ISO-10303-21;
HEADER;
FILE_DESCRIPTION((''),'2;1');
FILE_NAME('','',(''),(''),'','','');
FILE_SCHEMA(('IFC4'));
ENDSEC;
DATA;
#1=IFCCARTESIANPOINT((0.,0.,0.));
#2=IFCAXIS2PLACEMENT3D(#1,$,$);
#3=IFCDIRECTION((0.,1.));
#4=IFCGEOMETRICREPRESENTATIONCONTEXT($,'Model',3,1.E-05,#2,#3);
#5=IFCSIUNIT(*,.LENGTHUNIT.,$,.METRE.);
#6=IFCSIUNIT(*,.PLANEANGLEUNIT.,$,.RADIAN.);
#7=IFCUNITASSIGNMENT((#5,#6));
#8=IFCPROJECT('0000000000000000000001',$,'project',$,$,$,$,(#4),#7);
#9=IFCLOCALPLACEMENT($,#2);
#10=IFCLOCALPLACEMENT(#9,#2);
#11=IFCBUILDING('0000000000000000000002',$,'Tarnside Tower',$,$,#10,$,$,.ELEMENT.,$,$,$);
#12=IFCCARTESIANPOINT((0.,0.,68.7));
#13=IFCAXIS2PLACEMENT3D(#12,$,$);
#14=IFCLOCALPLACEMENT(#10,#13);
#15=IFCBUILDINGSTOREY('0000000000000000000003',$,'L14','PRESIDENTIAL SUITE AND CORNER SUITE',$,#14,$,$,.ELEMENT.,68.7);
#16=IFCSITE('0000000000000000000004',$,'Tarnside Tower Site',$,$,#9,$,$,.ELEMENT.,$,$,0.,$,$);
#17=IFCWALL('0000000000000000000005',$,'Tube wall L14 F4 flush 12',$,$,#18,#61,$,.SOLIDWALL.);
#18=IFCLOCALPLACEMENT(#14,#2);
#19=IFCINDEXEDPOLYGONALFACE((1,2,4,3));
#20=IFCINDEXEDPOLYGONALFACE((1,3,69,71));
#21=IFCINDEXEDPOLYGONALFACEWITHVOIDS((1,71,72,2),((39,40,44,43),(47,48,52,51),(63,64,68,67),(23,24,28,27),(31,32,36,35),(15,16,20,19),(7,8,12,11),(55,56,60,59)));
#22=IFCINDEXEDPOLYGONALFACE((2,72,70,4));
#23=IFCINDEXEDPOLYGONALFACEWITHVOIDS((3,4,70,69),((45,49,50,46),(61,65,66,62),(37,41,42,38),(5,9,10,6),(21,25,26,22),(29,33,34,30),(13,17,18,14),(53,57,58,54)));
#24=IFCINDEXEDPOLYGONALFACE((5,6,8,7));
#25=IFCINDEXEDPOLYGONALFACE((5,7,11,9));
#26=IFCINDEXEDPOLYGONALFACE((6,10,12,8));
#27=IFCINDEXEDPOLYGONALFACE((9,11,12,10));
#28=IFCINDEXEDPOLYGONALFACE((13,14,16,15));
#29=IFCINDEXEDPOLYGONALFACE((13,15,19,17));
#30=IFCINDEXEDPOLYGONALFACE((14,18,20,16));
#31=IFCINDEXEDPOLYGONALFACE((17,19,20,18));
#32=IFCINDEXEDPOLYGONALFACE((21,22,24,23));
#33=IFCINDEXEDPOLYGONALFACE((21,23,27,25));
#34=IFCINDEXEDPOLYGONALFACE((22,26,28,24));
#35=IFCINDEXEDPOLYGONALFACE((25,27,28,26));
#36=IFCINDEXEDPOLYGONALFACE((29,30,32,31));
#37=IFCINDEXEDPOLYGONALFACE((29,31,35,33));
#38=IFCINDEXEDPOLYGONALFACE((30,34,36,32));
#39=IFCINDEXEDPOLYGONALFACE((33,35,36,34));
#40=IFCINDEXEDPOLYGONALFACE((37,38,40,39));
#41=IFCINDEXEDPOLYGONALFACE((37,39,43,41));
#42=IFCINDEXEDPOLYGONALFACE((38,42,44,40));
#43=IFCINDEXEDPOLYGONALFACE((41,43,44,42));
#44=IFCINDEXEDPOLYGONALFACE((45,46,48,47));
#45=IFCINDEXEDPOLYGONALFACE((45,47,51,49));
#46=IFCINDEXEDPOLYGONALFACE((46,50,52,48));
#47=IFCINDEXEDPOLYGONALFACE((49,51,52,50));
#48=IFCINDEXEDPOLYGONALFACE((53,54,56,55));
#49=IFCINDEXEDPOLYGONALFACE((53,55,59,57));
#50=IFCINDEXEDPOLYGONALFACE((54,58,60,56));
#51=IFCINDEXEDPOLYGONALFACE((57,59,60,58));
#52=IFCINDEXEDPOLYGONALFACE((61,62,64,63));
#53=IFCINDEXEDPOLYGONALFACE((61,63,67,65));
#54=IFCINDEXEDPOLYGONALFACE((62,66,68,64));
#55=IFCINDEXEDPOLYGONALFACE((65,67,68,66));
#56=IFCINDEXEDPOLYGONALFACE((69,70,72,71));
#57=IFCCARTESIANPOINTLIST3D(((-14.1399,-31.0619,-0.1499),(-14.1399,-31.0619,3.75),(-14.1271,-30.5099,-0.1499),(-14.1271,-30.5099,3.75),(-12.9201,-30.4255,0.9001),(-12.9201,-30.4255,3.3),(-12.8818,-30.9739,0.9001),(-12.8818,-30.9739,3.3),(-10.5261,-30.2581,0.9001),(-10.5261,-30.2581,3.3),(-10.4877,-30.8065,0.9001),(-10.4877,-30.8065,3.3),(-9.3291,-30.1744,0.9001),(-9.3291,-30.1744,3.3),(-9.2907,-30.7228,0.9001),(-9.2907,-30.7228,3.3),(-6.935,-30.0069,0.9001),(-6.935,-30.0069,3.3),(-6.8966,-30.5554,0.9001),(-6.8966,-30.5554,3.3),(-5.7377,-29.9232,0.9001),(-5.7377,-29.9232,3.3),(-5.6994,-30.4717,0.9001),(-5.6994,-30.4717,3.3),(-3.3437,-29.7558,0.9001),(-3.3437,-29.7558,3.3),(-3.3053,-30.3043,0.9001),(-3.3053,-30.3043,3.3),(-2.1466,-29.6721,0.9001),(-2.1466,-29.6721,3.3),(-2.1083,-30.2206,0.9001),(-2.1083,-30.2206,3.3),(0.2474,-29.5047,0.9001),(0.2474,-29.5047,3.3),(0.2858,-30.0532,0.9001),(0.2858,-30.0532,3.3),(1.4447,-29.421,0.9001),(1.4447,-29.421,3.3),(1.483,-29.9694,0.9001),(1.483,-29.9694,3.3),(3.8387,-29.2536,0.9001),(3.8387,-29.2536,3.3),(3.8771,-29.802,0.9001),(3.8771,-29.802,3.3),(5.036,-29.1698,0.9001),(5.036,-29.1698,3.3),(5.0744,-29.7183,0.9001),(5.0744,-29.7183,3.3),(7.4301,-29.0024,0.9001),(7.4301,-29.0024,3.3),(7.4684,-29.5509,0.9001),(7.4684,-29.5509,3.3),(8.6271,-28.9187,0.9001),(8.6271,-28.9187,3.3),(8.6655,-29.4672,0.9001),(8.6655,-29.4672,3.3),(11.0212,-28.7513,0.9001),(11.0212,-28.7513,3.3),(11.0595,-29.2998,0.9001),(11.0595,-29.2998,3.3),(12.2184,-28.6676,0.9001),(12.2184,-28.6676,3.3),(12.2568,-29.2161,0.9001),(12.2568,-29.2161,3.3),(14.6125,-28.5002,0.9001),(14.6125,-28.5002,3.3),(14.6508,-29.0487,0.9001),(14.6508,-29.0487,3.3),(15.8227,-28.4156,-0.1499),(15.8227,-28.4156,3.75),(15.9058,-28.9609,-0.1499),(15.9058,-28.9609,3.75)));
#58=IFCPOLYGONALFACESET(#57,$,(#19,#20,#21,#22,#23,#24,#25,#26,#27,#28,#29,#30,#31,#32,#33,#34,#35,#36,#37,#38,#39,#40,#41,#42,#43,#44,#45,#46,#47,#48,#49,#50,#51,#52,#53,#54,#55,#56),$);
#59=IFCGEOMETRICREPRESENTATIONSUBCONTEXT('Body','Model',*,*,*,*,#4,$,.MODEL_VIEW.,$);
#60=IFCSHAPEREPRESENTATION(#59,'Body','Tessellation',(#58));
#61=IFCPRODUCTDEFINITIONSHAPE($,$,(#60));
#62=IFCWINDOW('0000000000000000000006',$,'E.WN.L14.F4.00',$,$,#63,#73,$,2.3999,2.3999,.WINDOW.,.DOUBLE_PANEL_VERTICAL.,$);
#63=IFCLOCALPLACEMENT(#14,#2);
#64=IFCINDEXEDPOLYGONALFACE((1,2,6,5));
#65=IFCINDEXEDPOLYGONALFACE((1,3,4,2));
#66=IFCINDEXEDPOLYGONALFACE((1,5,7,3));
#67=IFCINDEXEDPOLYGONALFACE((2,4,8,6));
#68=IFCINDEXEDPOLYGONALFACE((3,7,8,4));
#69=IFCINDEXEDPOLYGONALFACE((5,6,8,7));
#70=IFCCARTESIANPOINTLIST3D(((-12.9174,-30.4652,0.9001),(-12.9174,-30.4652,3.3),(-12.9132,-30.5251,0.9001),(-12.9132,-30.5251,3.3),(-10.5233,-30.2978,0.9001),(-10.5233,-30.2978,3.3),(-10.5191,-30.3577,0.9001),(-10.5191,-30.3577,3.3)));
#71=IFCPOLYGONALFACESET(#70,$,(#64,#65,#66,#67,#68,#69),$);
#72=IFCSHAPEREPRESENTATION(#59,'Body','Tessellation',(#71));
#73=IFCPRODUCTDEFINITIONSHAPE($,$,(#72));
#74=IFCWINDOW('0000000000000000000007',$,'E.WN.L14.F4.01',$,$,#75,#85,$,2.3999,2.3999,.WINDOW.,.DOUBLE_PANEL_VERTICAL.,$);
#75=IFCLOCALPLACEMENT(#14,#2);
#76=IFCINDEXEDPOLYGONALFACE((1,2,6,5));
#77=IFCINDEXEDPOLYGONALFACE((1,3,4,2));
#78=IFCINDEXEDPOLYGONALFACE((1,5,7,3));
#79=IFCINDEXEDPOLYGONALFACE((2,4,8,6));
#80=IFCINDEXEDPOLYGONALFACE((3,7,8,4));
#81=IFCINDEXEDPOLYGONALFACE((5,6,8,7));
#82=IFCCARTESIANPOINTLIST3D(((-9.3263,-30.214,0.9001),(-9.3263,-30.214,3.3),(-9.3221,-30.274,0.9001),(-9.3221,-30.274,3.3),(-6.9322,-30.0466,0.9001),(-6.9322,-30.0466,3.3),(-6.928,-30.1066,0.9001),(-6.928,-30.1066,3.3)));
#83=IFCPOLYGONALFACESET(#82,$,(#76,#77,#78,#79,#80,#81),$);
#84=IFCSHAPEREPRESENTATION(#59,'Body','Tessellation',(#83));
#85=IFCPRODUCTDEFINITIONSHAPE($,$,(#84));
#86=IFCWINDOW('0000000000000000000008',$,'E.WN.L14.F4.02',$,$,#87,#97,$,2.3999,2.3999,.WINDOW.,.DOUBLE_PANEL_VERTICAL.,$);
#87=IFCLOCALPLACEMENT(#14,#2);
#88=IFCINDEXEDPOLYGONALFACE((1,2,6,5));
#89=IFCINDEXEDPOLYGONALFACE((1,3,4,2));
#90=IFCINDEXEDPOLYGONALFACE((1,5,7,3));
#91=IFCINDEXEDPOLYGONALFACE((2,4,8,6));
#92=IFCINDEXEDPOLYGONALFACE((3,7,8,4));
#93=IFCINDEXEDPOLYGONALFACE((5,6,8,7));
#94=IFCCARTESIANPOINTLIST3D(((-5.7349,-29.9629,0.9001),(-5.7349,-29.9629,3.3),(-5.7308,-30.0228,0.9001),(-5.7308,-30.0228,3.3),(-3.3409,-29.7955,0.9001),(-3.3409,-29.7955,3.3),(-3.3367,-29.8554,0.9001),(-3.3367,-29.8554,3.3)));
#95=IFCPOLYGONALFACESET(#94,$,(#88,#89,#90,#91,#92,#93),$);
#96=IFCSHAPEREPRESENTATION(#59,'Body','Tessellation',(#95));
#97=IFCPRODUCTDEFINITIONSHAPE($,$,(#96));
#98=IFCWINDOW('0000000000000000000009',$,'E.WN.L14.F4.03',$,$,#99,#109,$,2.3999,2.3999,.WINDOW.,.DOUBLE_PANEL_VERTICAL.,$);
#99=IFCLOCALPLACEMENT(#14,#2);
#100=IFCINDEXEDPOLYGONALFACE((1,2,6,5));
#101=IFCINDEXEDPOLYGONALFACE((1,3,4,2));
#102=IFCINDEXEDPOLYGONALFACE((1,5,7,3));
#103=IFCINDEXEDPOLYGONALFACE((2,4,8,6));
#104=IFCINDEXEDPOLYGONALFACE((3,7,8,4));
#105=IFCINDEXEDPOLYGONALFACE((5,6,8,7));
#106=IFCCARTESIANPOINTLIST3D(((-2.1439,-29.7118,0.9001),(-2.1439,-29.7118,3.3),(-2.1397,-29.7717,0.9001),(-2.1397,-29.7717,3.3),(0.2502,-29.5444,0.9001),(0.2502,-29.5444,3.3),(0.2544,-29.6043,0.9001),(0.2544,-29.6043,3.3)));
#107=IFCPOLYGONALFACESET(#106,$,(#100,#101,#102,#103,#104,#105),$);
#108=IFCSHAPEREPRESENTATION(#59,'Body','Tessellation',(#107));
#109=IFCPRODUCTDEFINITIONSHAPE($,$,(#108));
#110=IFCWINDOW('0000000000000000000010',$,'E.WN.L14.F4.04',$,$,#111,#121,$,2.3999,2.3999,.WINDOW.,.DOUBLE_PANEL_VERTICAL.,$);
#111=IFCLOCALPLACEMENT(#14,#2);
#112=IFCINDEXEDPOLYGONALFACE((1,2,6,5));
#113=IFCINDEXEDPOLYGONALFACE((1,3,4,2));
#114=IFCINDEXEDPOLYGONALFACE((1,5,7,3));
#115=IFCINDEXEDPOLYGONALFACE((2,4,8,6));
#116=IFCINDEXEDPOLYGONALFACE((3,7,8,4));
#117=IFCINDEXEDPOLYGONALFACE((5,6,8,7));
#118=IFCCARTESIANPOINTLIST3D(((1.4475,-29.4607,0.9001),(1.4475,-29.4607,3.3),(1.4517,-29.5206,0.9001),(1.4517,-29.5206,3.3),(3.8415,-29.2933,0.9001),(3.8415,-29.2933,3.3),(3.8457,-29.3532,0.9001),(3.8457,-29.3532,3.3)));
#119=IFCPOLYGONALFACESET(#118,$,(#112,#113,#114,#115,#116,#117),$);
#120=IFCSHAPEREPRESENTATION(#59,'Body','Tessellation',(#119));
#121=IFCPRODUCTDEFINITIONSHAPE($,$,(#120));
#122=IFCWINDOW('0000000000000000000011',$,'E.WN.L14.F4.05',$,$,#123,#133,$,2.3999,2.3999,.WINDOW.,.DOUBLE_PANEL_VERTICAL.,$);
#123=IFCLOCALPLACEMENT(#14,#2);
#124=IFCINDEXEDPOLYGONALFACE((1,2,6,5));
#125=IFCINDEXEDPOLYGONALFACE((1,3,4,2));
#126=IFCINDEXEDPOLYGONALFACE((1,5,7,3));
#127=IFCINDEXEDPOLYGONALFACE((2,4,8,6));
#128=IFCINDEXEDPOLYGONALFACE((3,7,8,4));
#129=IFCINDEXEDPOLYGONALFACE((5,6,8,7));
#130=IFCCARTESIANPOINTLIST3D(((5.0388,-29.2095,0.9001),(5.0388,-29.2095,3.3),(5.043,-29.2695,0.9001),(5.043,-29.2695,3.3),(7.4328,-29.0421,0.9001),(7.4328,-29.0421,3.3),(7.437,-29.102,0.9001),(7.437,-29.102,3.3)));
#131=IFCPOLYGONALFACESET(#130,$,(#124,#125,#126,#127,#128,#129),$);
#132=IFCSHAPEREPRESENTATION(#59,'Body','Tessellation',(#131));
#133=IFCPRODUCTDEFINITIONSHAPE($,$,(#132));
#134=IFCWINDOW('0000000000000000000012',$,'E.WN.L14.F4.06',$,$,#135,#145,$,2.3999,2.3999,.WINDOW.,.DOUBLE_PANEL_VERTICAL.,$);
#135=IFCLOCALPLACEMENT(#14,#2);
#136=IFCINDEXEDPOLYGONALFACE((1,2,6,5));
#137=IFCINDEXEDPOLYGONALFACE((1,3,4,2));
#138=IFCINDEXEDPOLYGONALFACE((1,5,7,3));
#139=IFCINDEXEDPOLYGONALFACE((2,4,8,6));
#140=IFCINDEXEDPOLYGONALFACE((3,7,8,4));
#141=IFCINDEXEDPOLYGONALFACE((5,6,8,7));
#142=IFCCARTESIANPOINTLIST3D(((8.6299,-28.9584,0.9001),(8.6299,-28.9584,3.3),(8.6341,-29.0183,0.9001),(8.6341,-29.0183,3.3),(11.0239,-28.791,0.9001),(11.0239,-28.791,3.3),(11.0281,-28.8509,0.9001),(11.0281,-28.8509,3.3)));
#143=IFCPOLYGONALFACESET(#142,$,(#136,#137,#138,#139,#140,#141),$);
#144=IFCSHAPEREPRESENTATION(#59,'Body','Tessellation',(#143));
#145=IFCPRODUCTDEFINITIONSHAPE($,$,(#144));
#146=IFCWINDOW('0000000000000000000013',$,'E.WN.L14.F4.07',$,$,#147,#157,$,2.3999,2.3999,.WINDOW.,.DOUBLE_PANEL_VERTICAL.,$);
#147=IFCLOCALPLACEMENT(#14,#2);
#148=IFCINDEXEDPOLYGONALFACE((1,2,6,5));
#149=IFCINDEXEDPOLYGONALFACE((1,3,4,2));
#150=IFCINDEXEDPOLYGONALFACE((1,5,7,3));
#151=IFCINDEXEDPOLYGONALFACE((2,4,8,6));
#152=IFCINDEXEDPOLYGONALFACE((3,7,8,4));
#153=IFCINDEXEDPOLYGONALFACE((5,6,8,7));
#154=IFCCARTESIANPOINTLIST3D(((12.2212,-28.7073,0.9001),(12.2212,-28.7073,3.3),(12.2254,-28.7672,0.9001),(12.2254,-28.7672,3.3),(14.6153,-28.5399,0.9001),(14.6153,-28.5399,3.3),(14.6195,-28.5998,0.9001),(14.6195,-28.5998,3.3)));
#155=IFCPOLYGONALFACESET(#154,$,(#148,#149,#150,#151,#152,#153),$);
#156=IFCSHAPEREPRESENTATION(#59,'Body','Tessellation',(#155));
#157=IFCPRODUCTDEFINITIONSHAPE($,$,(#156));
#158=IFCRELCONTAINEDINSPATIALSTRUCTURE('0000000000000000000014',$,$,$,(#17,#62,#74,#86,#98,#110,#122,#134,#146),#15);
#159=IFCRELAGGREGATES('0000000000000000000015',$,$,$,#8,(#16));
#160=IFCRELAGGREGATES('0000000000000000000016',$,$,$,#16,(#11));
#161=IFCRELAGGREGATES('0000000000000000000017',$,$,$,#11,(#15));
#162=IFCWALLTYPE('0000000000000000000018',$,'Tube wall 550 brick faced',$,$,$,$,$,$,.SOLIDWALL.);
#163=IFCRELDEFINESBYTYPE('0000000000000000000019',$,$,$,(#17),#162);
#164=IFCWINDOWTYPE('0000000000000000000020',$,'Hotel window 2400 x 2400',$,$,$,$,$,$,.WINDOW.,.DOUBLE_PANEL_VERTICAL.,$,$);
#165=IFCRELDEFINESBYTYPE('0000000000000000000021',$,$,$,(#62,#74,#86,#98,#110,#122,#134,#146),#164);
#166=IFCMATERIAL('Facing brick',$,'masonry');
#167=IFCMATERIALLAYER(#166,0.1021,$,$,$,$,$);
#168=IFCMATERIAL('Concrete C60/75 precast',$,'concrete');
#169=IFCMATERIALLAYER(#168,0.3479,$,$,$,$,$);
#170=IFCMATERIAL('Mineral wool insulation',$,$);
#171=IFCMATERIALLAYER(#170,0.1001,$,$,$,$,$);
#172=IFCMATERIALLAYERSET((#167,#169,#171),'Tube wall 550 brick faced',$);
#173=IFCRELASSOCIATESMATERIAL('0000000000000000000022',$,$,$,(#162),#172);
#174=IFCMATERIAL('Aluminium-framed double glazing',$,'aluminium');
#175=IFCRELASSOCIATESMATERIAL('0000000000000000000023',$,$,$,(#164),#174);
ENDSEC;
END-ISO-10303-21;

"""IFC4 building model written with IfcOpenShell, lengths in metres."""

from ifc_helpers import new_model, si_unit, direction, frame, frame_2d, origin, place, context, subcontext, project, spatial, polyline, rectangle, outline, extrude, material, layer, layer_set, type_object, element, fill, save


model = new_model("IFC4")

# Units and contexts
model_context = context("Model", 3, precision=1e-05, world=origin(), true_north=direction((0.0, 1.0)))
body_context = subcontext(model_context, "Body", "Model", "MODEL_VIEW")
ifc_project = project(units=[si_unit("LENGTHUNIT", "METRE"), si_unit("PLANEANGLEUNIT", "RADIAN")], contexts=[model_context])

# Site, building, storey
site_placement = place(None, origin())
site = spatial("IfcSite", under=ifc_project, at=site_placement, Name="Tarnside Tower Site", CompositionType="ELEMENT", RefElevation=0.0)
building_placement = place(site_placement, origin())
building = spatial("IfcBuilding", under=site, at=building_placement, Name="Tarnside Tower", CompositionType="ELEMENT")
storey_placement = place(building_placement, frame((0.0, 0.0, 68.7)))
storey = spatial("IfcBuildingStorey", under=building, at=storey_placement, Name="L14", Description="PRESIDENTIAL SUITE AND CORNER SUITE", CompositionType="ELEMENT", Elevation=68.7)

# Shared definitions
ifc_material_1 = material(Name="Facing brick", Category="masonry")
ifc_layer_1 = layer(ifc_material_1, 0.1021)
ifc_material_2 = material(Name="Concrete C60/75 precast", Category="concrete")
ifc_layer_2 = layer(ifc_material_2, 0.3479)
ifc_material_3 = material(Name="Mineral wool insulation")
ifc_layer_3 = layer(ifc_material_3, 0.1001)
ifc_layer_set_1 = layer_set([ifc_layer_1, ifc_layer_2, ifc_layer_3], Name="Tube wall 550 brick faced")
wall_type_1 = type_object("IfcWallType", Name="Tube wall 550 brick faced", PredefinedType="SOLIDWALL", material=ifc_layer_set_1)

# Wall, openings, windows
wall_1_placement = place(storey_placement, frame((-14.1335, -30.7859, -0.1499), z_axis=(0.0, 0.0, 1.0), x_axis=(0.997564, 0.069757, 0.0)))
wall_1 = element("IfcWall", 1, at=wall_1_placement, inside=storey, type_object=wall_type_1, Name="Tube wall L14 F4 flush 12", PredefinedType="SOLIDWALL", context=body_context, shape_type="SweptSolid", body=[
    extrude(outline(polyline([(-0.0256, -0.2749), (30.0935, -0.2749), (30.0486, 0.2749), (0.0256, 0.2749), (-0.0256, -0.2749)])), origin(), (0.0, 0.0, 1.0), 3.8999),
])
opening_1_placement = place(wall_1_placement, frame((1.2356, 0.0, 1.05)))
opening_1 = element("IfcOpeningElement", 2, at=opening_1_placement, cuts=wall_1, PredefinedType="OPENING", context=body_context, shape_type="SweptSolid", body=[
    extrude(rectangle(XDim=2.3999, YDim=2.3999, at=frame_2d((1.2, 1.2))), frame((0.0, 0.2852, 0.0), z_axis=(0.0, -1.0, 0.0), x_axis=(1.0, 0.0, 0.0)), (0.0, 0.0, 1.0), 0.5701),
])
opening_2_placement = place(wall_1_placement, frame((4.8354, 0.0, 1.05)))
opening_2 = element("IfcOpeningElement", 3, at=opening_2_placement, cuts=wall_1, PredefinedType="OPENING", context=body_context, shape_type="SweptSolid", body=[
    extrude(rectangle(XDim=2.3999, YDim=2.3999, at=frame_2d((1.2, 1.2))), frame((0.0, 0.2852, 0.0), z_axis=(0.0, -1.0, 0.0), x_axis=(1.0, 0.0, 0.0)), (0.0, 0.0, 1.0), 0.5701),
])
opening_3_placement = place(wall_1_placement, frame((8.4355, 0.0, 1.05)))
opening_3 = element("IfcOpeningElement", 4, at=opening_3_placement, cuts=wall_1, PredefinedType="OPENING", context=body_context, shape_type="SweptSolid", body=[
    extrude(rectangle(XDim=2.3999, YDim=2.3999, at=frame_2d((1.2, 1.2))), frame((0.0, 0.2852, 0.0), z_axis=(0.0, -1.0, 0.0), x_axis=(1.0, 0.0, 0.0)), (0.0, 0.0, 1.0), 0.5701),
])
opening_4_placement = place(wall_1_placement, frame((12.0354, 0.0, 1.05)))
opening_4 = element("IfcOpeningElement", 5, at=opening_4_placement, cuts=wall_1, PredefinedType="OPENING", context=body_context, shape_type="SweptSolid", body=[
    extrude(rectangle(XDim=2.3999, YDim=2.3999, at=frame_2d((1.2, 1.2))), frame((0.0, 0.2852, 0.0), z_axis=(0.0, -1.0, 0.0), x_axis=(1.0, 0.0, 0.0)), (0.0, 0.0, 1.0), 0.5701),
])
opening_5_placement = place(wall_1_placement, frame((15.6355, 0.0, 1.05)))
opening_5 = element("IfcOpeningElement", 6, at=opening_5_placement, cuts=wall_1, PredefinedType="OPENING", context=body_context, shape_type="SweptSolid", body=[
    extrude(rectangle(XDim=2.3999, YDim=2.3999, at=frame_2d((1.2, 1.2))), frame((0.0, 0.2852, 0.0), z_axis=(0.0, -1.0, 0.0), x_axis=(1.0, 0.0, 0.0)), (0.0, 0.0, 1.0), 0.5701),
])
opening_6_placement = place(wall_1_placement, frame((19.2356, 0.0, 1.05)))
opening_6 = element("IfcOpeningElement", 7, at=opening_6_placement, cuts=wall_1, PredefinedType="OPENING", context=body_context, shape_type="SweptSolid", body=[
    extrude(rectangle(XDim=2.3999, YDim=2.3999, at=frame_2d((1.2, 1.2))), frame((0.0, 0.2852, 0.0), z_axis=(0.0, -1.0, 0.0), x_axis=(1.0, 0.0, 0.0)), (0.0, 0.0, 1.0), 0.5701),
])
opening_7_placement = place(wall_1_placement, frame((22.8354, 0.0, 1.05)))
opening_7 = element("IfcOpeningElement", 8, at=opening_7_placement, cuts=wall_1, PredefinedType="OPENING", context=body_context, shape_type="SweptSolid", body=[
    extrude(rectangle(XDim=2.3999, YDim=2.3999, at=frame_2d((1.2, 1.2))), frame((0.0, 0.2852, 0.0), z_axis=(0.0, -1.0, 0.0), x_axis=(1.0, 0.0, 0.0)), (0.0, 0.0, 1.0), 0.5701),
])
opening_8_placement = place(wall_1_placement, frame((26.4355, 0.0, 1.05)))
opening_8 = element("IfcOpeningElement", 9, at=opening_8_placement, cuts=wall_1, PredefinedType="OPENING", context=body_context, shape_type="SweptSolid", body=[
    extrude(rectangle(XDim=2.3999, YDim=2.3999, at=frame_2d((1.2, 1.2))), frame((0.0, 0.2852, 0.0), z_axis=(0.0, -1.0, 0.0), x_axis=(1.0, 0.0, 0.0)), (0.0, 0.0, 1.0), 0.5701),
])
ifc_material_4 = material(Name="Aluminium-framed double glazing", Category="aluminium")
window_type = type_object("IfcWindowType", Name="Hotel window 2400 x 2400", PartitioningType="DOUBLE_PANEL_VERTICAL", PredefinedType="WINDOW", material=ifc_material_4)
window_1_placement = place(opening_1_placement, frame((0.0, 0.2051, 0.0)))
window_1 = element("IfcWindow", 10, at=window_1_placement, inside=storey, type_object=window_type, Name="E.WN.L14.F4.00", OverallHeight=2.3999, OverallWidth=2.3999, PartitioningType="DOUBLE_PANEL_VERTICAL", PredefinedType="WINDOW", context=body_context, shape_type="SweptSolid", body=[
    extrude(rectangle(XDim=2.3999, YDim=2.3999, at=frame_2d((1.2, 1.2))), frame((0.0, 0.03, 0.0), z_axis=(0.0, -1.0, 0.0), x_axis=(1.0, 0.0, 0.0)), (0.0, 0.0, 1.0), 0.0601),
])
fill(opening_1, window_1)
window_2_placement = place(opening_2_placement, frame((0.0, 0.2051, 0.0)))
window_2 = element("IfcWindow", 11, at=window_2_placement, inside=storey, type_object=window_type, Name="E.WN.L14.F4.01", OverallHeight=2.3999, OverallWidth=2.3999, PartitioningType="DOUBLE_PANEL_VERTICAL", PredefinedType="WINDOW", context=body_context, shape_type="SweptSolid", body=[
    extrude(rectangle(XDim=2.3999, YDim=2.3999, at=frame_2d((1.2, 1.2))), frame((0.0, 0.03, 0.0), z_axis=(0.0, -1.0, 0.0), x_axis=(1.0, 0.0, 0.0)), (0.0, 0.0, 1.0), 0.0601),
])
fill(opening_2, window_2)
window_3_placement = place(opening_3_placement, frame((0.0, 0.2051, 0.0)))
window_3 = element("IfcWindow", 12, at=window_3_placement, inside=storey, type_object=window_type, Name="E.WN.L14.F4.02", OverallHeight=2.3999, OverallWidth=2.3999, PartitioningType="DOUBLE_PANEL_VERTICAL", PredefinedType="WINDOW", context=body_context, shape_type="SweptSolid", body=[
    extrude(rectangle(XDim=2.3999, YDim=2.3999, at=frame_2d((1.2, 1.2))), frame((0.0, 0.03, 0.0), z_axis=(0.0, -1.0, 0.0), x_axis=(1.0, 0.0, 0.0)), (0.0, 0.0, 1.0), 0.0601),
])
fill(opening_3, window_3)
window_4_placement = place(opening_4_placement, frame((0.0, 0.2051, 0.0)))
window_4 = element("IfcWindow", 13, at=window_4_placement, inside=storey, type_object=window_type, Name="E.WN.L14.F4.03", OverallHeight=2.3999, OverallWidth=2.3999, PartitioningType="DOUBLE_PANEL_VERTICAL", PredefinedType="WINDOW", context=body_context, shape_type="SweptSolid", body=[
    extrude(rectangle(XDim=2.3999, YDim=2.3999, at=frame_2d((1.2, 1.2))), frame((0.0, 0.03, 0.0), z_axis=(0.0, -1.0, 0.0), x_axis=(1.0, 0.0, 0.0)), (0.0, 0.0, 1.0), 0.0601),
])
fill(opening_4, window_4)
window_5_placement = place(opening_5_placement, frame((0.0, 0.2051, 0.0)))
window_5 = element("IfcWindow", 14, at=window_5_placement, inside=storey, type_object=window_type, Name="E.WN.L14.F4.04", OverallHeight=2.3999, OverallWidth=2.3999, PartitioningType="DOUBLE_PANEL_VERTICAL", PredefinedType="WINDOW", context=body_context, shape_type="SweptSolid", body=[
    extrude(rectangle(XDim=2.3999, YDim=2.3999, at=frame_2d((1.2, 1.2))), frame((0.0, 0.03, 0.0), z_axis=(0.0, -1.0, 0.0), x_axis=(1.0, 0.0, 0.0)), (0.0, 0.0, 1.0), 0.0601),
])
fill(opening_5, window_5)
window_6_placement = place(opening_6_placement, frame((0.0, 0.2051, 0.0)))
window_6 = element("IfcWindow", 15, at=window_6_placement, inside=storey, type_object=window_type, Name="E.WN.L14.F4.05", OverallHeight=2.3999, OverallWidth=2.3999, PartitioningType="DOUBLE_PANEL_VERTICAL", PredefinedType="WINDOW", context=body_context, shape_type="SweptSolid", body=[
    extrude(rectangle(XDim=2.3999, YDim=2.3999, at=frame_2d((1.2, 1.2))), frame((0.0, 0.03, 0.0), z_axis=(0.0, -1.0, 0.0), x_axis=(1.0, 0.0, 0.0)), (0.0, 0.0, 1.0), 0.0601),
])
fill(opening_6, window_6)
window_7_placement = place(opening_7_placement, frame((0.0, 0.2051, 0.0)))
window_7 = element("IfcWindow", 16, at=window_7_placement, inside=storey, type_object=window_type, Name="E.WN.L14.F4.06", OverallHeight=2.3999, OverallWidth=2.3999, PartitioningType="DOUBLE_PANEL_VERTICAL", PredefinedType="WINDOW", context=body_context, shape_type="SweptSolid", body=[
    extrude(rectangle(XDim=2.3999, YDim=2.3999, at=frame_2d((1.2, 1.2))), frame((0.0, 0.03, 0.0), z_axis=(0.0, -1.0, 0.0), x_axis=(1.0, 0.0, 0.0)), (0.0, 0.0, 1.0), 0.0601),
])
fill(opening_7, window_7)
window_8_placement = place(opening_8_placement, frame((0.0, 0.2051, 0.0)))
window_8 = element("IfcWindow", 17, at=window_8_placement, inside=storey, type_object=window_type, Name="E.WN.L14.F4.07", OverallHeight=2.3999, OverallWidth=2.3999, PartitioningType="DOUBLE_PANEL_VERTICAL", PredefinedType="WINDOW", context=body_context, shape_type="SweptSolid", body=[
    extrude(rectangle(XDim=2.3999, YDim=2.3999, at=frame_2d((1.2, 1.2))), frame((0.0, 0.03, 0.0), z_axis=(0.0, -1.0, 0.0), x_axis=(1.0, 0.0, 0.0)), (0.0, 0.0, 1.0), 0.0601),
])
fill(opening_8, window_8)

save(model, "model.ifc")
